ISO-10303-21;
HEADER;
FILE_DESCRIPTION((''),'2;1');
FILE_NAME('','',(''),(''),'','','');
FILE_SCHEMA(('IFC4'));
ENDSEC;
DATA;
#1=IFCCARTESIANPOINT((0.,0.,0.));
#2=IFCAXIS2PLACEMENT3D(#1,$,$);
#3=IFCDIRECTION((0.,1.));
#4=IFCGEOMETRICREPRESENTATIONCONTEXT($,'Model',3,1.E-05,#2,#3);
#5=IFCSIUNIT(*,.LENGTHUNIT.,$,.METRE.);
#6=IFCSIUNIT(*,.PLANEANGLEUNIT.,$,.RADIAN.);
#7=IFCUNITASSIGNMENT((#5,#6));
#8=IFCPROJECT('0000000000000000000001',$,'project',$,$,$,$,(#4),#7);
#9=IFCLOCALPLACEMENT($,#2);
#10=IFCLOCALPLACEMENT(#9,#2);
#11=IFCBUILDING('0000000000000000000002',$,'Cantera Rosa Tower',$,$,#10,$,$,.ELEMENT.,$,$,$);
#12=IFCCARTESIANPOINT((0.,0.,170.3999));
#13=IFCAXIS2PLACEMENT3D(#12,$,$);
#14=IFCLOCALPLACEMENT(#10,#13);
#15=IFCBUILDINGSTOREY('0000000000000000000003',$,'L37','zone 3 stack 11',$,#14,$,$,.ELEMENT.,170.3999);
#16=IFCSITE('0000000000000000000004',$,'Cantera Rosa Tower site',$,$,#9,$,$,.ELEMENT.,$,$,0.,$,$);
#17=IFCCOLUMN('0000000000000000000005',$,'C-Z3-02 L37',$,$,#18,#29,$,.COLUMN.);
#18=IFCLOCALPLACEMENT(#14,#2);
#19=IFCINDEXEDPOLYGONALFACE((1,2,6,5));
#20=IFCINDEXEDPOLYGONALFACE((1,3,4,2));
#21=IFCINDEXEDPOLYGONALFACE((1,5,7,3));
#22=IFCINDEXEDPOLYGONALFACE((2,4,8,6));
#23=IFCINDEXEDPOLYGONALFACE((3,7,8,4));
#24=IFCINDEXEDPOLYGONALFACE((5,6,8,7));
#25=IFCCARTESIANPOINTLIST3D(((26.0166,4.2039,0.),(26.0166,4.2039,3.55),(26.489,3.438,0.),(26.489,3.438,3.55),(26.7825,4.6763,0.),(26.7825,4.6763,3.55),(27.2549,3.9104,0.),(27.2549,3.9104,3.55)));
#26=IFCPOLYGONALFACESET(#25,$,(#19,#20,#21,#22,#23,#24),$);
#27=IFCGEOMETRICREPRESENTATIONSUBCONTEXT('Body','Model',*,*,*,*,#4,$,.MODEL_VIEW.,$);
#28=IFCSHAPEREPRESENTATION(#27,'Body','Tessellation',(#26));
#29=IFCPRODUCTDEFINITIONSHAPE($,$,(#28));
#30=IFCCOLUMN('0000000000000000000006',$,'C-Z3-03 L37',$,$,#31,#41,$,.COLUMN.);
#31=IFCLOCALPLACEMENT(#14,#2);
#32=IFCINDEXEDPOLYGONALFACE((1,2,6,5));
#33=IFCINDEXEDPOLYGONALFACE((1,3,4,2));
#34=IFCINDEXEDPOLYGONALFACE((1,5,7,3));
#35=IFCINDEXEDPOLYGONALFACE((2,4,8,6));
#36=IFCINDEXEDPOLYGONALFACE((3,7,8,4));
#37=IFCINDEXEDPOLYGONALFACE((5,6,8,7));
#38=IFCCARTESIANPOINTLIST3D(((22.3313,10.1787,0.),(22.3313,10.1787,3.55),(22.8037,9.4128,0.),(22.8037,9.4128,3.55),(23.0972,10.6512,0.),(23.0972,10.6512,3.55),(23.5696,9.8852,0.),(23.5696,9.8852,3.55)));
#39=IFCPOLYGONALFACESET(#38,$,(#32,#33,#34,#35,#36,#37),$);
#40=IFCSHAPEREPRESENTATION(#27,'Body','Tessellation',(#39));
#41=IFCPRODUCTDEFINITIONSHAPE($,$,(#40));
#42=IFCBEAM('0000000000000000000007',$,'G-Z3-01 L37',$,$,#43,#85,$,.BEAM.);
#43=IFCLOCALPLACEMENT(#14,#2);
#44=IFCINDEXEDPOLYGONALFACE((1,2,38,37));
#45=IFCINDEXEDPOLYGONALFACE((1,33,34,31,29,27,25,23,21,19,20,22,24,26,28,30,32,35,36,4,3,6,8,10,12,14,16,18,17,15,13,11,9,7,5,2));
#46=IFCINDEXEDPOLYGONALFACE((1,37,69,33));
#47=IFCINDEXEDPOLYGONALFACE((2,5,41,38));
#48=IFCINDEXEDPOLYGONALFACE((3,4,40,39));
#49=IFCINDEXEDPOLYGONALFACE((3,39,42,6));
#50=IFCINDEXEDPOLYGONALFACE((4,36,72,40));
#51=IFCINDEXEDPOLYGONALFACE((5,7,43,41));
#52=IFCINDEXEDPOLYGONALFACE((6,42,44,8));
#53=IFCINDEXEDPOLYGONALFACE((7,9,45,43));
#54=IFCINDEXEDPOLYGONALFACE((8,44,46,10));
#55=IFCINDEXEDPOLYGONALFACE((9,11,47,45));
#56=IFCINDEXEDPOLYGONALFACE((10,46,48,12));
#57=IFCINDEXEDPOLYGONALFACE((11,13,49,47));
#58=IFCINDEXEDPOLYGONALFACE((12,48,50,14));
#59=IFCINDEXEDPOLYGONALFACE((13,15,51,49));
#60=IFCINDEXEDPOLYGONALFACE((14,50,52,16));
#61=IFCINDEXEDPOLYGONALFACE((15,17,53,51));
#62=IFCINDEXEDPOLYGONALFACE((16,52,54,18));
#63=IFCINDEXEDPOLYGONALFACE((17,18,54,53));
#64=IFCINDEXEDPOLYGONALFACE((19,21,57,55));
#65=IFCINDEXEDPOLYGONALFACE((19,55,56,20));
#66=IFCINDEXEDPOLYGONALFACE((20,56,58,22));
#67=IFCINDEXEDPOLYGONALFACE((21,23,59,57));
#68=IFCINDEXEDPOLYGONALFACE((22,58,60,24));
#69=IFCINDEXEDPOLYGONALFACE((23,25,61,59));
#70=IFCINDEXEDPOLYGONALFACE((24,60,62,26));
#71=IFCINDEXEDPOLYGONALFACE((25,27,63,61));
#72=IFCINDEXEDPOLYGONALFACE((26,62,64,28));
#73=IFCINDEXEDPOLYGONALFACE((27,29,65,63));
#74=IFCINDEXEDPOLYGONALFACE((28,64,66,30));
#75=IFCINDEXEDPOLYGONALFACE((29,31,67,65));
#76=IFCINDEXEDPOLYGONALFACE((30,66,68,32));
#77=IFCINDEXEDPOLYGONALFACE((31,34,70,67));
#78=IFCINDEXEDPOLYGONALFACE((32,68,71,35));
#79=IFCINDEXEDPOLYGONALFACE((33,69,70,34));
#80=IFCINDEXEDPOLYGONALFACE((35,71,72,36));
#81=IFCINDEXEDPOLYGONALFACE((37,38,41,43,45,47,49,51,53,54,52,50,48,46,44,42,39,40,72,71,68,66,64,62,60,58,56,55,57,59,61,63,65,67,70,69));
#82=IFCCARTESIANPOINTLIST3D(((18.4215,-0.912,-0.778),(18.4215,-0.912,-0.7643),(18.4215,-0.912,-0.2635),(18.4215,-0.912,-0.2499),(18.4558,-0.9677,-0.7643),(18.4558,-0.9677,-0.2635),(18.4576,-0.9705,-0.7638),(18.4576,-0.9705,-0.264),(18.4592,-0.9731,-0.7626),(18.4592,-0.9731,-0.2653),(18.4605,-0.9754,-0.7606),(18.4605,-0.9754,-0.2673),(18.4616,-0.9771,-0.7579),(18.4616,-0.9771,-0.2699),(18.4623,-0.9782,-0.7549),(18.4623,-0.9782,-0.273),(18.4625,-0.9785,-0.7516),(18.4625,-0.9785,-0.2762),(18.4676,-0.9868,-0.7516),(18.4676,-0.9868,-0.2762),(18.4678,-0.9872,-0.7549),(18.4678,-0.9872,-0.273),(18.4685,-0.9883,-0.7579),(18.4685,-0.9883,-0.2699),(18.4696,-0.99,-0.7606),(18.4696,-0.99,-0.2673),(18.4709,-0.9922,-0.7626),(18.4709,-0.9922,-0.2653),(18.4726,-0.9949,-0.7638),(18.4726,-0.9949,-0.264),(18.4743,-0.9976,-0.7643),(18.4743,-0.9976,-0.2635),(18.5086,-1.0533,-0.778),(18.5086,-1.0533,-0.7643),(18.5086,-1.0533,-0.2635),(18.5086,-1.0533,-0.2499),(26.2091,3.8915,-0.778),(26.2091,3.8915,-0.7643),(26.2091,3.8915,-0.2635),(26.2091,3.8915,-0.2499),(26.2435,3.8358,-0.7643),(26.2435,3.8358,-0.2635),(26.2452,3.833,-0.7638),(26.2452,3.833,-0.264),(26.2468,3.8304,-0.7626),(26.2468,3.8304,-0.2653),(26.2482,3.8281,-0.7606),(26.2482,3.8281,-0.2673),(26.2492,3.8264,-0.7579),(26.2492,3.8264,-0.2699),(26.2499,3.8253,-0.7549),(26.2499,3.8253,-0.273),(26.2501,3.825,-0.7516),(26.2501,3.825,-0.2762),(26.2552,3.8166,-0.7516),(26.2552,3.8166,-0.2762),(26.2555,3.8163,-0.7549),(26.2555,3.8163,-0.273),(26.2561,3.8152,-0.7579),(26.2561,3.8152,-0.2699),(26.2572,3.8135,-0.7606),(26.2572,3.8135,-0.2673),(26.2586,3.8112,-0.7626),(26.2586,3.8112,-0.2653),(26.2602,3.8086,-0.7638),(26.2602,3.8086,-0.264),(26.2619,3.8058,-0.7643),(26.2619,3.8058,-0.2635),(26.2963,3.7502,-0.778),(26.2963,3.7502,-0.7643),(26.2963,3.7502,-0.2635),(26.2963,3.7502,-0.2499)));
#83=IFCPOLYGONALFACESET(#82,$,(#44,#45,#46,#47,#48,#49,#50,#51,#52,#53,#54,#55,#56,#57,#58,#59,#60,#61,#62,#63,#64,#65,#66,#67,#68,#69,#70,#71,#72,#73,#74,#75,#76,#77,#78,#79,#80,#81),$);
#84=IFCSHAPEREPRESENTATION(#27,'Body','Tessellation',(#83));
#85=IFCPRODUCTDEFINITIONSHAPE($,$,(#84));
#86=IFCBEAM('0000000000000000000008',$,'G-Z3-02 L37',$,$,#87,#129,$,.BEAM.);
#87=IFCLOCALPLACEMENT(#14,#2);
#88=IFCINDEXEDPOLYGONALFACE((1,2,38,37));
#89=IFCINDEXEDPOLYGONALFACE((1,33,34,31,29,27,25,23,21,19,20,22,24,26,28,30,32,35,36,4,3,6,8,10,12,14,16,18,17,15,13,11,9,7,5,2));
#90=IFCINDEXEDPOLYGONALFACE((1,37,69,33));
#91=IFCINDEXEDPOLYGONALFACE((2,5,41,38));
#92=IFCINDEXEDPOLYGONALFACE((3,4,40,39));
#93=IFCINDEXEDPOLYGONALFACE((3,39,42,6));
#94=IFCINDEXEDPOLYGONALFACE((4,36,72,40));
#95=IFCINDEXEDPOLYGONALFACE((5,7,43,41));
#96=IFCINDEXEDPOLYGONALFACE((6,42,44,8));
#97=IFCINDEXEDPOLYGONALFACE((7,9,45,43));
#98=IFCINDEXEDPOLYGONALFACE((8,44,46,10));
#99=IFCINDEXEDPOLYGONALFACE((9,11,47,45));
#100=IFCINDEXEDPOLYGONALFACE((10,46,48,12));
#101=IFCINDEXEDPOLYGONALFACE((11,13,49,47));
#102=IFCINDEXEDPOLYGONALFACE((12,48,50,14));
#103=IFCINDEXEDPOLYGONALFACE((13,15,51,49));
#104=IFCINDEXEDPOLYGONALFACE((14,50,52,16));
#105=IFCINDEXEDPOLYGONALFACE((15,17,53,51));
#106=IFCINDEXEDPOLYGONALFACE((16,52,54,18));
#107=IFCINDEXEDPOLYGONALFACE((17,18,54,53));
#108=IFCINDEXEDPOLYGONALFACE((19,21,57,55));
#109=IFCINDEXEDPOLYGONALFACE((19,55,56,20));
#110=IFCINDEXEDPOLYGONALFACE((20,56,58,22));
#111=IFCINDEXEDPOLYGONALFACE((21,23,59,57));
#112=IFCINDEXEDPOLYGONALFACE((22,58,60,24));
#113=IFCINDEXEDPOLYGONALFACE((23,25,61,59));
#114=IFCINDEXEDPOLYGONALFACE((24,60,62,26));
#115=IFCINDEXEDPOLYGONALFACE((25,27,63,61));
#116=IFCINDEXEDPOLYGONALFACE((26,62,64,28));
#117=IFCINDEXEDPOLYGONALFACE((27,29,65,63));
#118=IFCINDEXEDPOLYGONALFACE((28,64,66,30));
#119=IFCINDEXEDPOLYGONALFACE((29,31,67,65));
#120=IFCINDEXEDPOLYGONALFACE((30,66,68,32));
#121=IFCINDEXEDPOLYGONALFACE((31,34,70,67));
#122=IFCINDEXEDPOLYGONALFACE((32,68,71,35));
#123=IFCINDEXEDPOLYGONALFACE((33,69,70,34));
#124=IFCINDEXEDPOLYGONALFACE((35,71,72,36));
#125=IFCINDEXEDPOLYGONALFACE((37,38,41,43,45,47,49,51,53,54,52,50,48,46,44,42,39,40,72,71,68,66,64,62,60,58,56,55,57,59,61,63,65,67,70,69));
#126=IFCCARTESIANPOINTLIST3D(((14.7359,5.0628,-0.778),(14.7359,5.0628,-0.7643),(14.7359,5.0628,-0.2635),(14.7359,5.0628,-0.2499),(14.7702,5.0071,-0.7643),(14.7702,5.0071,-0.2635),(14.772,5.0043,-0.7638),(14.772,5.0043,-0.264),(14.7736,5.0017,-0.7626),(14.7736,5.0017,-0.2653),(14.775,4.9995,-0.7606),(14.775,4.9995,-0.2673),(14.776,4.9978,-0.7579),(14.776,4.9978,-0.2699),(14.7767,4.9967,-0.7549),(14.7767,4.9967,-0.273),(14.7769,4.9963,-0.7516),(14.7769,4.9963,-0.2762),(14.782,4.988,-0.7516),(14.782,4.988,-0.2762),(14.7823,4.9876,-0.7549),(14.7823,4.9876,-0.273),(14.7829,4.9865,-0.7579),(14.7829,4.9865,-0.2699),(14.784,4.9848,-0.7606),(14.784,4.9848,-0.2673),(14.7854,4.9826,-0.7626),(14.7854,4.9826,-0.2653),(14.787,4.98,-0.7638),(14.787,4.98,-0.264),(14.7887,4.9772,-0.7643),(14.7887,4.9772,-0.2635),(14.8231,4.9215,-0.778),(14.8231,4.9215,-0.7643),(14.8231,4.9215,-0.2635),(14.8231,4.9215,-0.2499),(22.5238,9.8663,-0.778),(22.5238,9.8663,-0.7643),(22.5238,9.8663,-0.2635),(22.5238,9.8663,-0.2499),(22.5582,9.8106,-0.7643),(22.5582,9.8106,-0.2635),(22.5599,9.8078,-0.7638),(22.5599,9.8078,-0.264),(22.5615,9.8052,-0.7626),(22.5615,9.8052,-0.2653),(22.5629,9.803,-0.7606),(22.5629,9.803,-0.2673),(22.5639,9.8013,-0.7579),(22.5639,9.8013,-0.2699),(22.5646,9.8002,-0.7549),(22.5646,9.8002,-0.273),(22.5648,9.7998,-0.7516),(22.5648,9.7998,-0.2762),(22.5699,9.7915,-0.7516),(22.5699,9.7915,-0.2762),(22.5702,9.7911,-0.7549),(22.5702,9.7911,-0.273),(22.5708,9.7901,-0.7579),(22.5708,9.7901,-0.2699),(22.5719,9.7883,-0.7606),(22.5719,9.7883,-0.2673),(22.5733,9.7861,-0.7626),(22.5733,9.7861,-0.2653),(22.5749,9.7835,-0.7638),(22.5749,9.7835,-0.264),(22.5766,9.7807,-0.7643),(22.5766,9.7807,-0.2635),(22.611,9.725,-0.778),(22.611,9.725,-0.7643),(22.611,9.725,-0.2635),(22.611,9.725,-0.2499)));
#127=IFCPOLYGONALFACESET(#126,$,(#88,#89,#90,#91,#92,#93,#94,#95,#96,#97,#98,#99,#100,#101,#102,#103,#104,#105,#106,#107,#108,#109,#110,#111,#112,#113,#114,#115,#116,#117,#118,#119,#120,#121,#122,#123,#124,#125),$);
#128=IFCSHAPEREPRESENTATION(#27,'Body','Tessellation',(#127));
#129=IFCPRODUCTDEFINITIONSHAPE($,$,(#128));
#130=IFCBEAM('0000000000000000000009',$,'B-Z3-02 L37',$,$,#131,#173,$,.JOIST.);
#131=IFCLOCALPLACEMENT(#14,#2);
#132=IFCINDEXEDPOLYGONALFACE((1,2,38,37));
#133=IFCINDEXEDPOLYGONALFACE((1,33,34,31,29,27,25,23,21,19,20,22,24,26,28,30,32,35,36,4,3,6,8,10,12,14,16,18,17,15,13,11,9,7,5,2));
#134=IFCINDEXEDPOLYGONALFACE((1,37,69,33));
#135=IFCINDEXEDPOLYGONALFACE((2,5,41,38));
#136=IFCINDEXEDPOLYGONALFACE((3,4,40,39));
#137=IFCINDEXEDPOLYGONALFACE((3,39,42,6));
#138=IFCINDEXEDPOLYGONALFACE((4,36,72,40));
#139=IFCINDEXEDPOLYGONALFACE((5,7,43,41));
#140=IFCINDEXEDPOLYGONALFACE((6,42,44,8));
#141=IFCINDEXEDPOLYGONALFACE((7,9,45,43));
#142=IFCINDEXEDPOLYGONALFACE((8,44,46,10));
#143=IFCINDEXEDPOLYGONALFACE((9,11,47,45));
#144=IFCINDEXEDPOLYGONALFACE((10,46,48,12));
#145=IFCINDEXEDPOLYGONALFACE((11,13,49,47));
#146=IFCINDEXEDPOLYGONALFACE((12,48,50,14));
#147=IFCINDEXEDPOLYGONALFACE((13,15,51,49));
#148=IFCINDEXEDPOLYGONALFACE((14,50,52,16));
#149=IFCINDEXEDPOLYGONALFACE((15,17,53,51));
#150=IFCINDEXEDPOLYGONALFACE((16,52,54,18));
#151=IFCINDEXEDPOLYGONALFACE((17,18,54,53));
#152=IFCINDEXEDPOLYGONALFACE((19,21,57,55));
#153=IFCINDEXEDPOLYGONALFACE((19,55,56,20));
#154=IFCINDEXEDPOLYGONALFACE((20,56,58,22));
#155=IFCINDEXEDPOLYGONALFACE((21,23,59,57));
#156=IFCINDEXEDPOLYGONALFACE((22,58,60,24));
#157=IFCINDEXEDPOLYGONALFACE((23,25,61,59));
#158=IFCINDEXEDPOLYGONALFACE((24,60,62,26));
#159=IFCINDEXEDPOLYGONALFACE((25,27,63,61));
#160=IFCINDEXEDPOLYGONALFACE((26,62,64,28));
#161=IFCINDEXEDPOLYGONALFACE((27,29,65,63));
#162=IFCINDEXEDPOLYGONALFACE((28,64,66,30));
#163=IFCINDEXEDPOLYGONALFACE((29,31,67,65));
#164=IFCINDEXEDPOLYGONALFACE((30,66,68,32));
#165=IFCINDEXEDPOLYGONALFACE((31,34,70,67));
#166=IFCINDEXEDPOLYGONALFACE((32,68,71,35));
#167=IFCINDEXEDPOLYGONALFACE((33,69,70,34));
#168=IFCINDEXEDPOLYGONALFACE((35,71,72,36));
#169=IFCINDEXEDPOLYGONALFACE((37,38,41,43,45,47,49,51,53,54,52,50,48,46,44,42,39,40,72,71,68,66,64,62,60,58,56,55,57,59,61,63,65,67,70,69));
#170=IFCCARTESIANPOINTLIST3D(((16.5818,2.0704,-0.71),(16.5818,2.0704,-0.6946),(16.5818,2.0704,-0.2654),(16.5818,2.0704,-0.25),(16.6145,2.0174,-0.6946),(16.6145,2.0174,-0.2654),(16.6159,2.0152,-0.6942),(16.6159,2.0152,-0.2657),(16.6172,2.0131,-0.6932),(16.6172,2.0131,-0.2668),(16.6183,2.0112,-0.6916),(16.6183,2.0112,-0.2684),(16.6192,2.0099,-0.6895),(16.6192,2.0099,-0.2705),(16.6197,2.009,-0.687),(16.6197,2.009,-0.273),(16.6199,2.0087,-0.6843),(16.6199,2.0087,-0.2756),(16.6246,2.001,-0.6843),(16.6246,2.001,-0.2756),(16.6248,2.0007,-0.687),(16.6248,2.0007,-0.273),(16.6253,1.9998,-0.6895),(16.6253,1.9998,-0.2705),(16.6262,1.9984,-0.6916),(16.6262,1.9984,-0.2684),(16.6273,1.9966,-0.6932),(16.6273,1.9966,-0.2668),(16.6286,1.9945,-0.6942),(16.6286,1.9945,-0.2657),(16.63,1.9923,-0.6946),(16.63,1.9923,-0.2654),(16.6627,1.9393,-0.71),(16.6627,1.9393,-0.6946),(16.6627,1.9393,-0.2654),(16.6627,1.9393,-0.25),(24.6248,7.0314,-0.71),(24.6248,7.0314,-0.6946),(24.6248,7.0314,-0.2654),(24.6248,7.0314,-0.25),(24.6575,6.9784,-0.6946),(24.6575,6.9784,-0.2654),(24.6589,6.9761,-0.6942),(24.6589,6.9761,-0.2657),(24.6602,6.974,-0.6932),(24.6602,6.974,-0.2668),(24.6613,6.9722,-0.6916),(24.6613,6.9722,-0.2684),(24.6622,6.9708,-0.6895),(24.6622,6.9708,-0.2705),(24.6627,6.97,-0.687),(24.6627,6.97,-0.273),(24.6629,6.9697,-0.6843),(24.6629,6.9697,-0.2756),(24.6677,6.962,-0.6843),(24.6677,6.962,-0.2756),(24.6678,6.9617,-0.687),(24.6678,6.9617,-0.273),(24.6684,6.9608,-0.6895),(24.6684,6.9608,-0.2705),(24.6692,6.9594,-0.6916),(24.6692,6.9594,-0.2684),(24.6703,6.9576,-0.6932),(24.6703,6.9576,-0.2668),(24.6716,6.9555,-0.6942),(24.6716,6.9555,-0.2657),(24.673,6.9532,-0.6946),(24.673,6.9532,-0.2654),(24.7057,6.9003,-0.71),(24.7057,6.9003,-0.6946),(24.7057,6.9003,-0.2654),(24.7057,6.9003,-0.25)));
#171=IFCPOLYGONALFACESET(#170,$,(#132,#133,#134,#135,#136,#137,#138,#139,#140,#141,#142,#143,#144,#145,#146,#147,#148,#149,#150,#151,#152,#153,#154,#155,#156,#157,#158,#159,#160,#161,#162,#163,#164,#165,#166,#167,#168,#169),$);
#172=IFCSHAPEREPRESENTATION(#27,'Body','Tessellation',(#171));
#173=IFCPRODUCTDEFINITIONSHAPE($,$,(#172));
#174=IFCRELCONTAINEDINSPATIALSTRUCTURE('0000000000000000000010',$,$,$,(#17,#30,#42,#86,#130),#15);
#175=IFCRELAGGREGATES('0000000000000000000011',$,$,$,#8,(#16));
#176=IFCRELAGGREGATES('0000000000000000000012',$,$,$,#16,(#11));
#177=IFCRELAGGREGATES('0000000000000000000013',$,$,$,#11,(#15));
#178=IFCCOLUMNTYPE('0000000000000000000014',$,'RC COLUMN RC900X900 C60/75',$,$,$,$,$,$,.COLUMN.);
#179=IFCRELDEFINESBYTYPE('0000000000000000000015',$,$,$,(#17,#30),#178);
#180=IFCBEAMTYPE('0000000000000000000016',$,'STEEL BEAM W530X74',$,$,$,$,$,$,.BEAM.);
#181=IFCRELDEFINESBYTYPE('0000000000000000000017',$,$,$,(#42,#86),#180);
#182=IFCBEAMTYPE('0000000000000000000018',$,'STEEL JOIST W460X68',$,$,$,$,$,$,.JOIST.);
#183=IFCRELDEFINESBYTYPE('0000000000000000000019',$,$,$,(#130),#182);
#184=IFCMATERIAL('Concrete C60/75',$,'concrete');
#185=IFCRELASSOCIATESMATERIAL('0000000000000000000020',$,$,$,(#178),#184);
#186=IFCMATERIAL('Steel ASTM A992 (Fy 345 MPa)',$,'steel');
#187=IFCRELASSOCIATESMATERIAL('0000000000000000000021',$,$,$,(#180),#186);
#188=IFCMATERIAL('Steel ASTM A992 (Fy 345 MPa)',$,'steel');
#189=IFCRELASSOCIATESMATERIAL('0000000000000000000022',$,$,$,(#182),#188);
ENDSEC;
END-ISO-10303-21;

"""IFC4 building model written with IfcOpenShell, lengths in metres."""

from ifc_helpers import new_model, si_unit, direction, frame, origin, origin_2d, place, context, subcontext, project, spatial, rectangle, i_section, extrude, material, material_profile, profile_set, type_object, element, save


model = new_model("IFC4")

# Units and contexts
model_context = context("Model", 3, precision=1e-05, world=origin(), true_north=direction((0.0, 1.0)))
body_context = subcontext(model_context, "Body", "Model", "MODEL_VIEW")
ifc_project = project(units=[si_unit("LENGTHUNIT", "METRE"), si_unit("PLANEANGLEUNIT", "RADIAN")], contexts=[model_context])

# Site, building, storey
site_placement = place(None, origin())
site = spatial("IfcSite", under=ifc_project, at=site_placement, Name="Cantera Rosa Tower site", CompositionType="ELEMENT", RefElevation=0.0)
building_placement = place(site_placement, origin())
building = spatial("IfcBuilding", under=site, at=building_placement, Name="Cantera Rosa Tower", CompositionType="ELEMENT")
storey_placement = place(building_placement, frame((0.0, 0.0, 170.3999)))
storey = spatial("IfcBuildingStorey", under=building, at=storey_placement, Name="L37", Description="zone 3 stack 11", CompositionType="ELEMENT", Elevation=170.3999)

# Columns
ifc_material_1 = material(Name="Concrete C60/75", Category="concrete")
ifc_material_profile_1 = material_profile(ifc_material_1, rectangle(XDim=0.8999, YDim=0.8999, at=origin_2d()), Name="RC COLUMN RC900X900 C60/75")
ifc_profile_set_1 = profile_set([ifc_material_profile_1], Name="Concrete C60/75")
column_type = type_object("IfcColumnType", Name="RC COLUMN RC900X900 C60/75", PredefinedType="COLUMN", material=ifc_profile_set_1)
for number, where, z_axis, x_axis, name in (
    (1, (26.6357, 4.0571, 0.0), (0.0, 0.0, 1.0), (0.851117, 0.524977, 0.0), "C-Z3-02 L37"),
    (2, (22.9504, 10.032, 0.0), (0.0, 0.0, 1.0), (0.851117, 0.524977, 0.0), "C-Z3-03 L37"),
):
    element("IfcColumn", number, at=place(storey_placement, frame(where, z_axis=z_axis, x_axis=x_axis)), inside=storey, type_object=column_type, Name=name, PredefinedType="COLUMN", context=body_context, shape_type="SweptSolid", body=[
        extrude(rectangle(XDim=0.8999, YDim=0.8999, at=origin_2d()), origin(), (0.0, 0.0, 1.0), 3.55),
    ])

# Beams
ifc_material_2 = material(Name="Steel ASTM A992 (Fy 345 MPa)", Category="steel")
ifc_material_profile_2 = material_profile(ifc_material_2, i_section(OverallWidth=0.166, OverallDepth=0.5281, WebThickness=0.0098, FlangeThickness=0.0137, FilletRadius=0.0127, at=origin_2d()), Name="W530X74")
ifc_profile_set_2 = profile_set([ifc_material_profile_2], Name="Steel ASTM A992 (Fy 345 MPa)")
beam_type_1 = type_object("IfcBeamType", Name="STEEL BEAM W530X74", PredefinedType="BEAM", material=ifc_profile_set_2)
beam_1_placement = place(storey_placement, frame((26.2527, 3.8208, -0.5139), z_axis=(-0.851116, -0.524977, 0.0), x_axis=(0.524977, -0.851116, 0.0)))
element("IfcBeam", 3, at=beam_1_placement, inside=storey, type_object=beam_type_1, Name="G-Z3-01 L37", PredefinedType="BEAM", context=body_context, shape_type="SweptSolid", body=[
    extrude(i_section(OverallWidth=0.166, OverallDepth=0.5281, WebThickness=0.0098, FlangeThickness=0.0137, FilletRadius=0.0127, at=origin_2d()), origin(), (0.0, 0.0, 1.0), 9.1499),
])
beam_2_placement = place(storey_placement, frame((22.5674, 9.7957, -0.5139), z_axis=(-0.851124, -0.524965, 0.0), x_axis=(0.524965, -0.851124, 0.0)))
element("IfcBeam", 4, at=beam_2_placement, inside=storey, type_object=beam_type_1, Name="G-Z3-02 L37", PredefinedType="BEAM", context=body_context, shape_type="SweptSolid", body=[
    extrude(i_section(OverallWidth=0.166, OverallDepth=0.5281, WebThickness=0.0098, FlangeThickness=0.0137, FilletRadius=0.0127, at=origin_2d()), origin(), (0.0, 0.0, 1.0), 9.1501),
])
ifc_material_3 = material(Name="Steel ASTM A992 (Fy 345 MPa)", Category="steel")
ifc_material_profile_3 = material_profile(ifc_material_3, i_section(OverallWidth=0.1541, OverallDepth=0.46, WebThickness=0.009, FlangeThickness=0.0154, FilletRadius=0.0103, at=origin_2d()), Name="W460X68")
ifc_profile_set_3 = profile_set([ifc_material_profile_3], Name="Steel ASTM A992 (Fy 345 MPa)")
beam_type_2 = type_object("IfcBeamType", Name="STEEL JOIST W460X68", PredefinedType="JOIST", material=ifc_profile_set_3)
beam_3_placement = place(storey_placement, frame((24.6653, 6.9658, -0.48), z_axis=(-0.851119, -0.524974, 0.0), x_axis=(0.524974, -0.851119, 0.0)))
element("IfcBeam", 5, at=beam_3_placement, inside=storey, type_object=beam_type_2, Name="B-Z3-02 L37", PredefinedType="JOIST", context=body_context, shape_type="SweptSolid", body=[
    extrude(i_section(OverallWidth=0.1541, OverallDepth=0.46, WebThickness=0.009, FlangeThickness=0.0154, FilletRadius=0.0103, at=origin_2d()), origin(), (0.0, 0.0, 1.0), 9.45),
])

save(model, "model.ifc")
